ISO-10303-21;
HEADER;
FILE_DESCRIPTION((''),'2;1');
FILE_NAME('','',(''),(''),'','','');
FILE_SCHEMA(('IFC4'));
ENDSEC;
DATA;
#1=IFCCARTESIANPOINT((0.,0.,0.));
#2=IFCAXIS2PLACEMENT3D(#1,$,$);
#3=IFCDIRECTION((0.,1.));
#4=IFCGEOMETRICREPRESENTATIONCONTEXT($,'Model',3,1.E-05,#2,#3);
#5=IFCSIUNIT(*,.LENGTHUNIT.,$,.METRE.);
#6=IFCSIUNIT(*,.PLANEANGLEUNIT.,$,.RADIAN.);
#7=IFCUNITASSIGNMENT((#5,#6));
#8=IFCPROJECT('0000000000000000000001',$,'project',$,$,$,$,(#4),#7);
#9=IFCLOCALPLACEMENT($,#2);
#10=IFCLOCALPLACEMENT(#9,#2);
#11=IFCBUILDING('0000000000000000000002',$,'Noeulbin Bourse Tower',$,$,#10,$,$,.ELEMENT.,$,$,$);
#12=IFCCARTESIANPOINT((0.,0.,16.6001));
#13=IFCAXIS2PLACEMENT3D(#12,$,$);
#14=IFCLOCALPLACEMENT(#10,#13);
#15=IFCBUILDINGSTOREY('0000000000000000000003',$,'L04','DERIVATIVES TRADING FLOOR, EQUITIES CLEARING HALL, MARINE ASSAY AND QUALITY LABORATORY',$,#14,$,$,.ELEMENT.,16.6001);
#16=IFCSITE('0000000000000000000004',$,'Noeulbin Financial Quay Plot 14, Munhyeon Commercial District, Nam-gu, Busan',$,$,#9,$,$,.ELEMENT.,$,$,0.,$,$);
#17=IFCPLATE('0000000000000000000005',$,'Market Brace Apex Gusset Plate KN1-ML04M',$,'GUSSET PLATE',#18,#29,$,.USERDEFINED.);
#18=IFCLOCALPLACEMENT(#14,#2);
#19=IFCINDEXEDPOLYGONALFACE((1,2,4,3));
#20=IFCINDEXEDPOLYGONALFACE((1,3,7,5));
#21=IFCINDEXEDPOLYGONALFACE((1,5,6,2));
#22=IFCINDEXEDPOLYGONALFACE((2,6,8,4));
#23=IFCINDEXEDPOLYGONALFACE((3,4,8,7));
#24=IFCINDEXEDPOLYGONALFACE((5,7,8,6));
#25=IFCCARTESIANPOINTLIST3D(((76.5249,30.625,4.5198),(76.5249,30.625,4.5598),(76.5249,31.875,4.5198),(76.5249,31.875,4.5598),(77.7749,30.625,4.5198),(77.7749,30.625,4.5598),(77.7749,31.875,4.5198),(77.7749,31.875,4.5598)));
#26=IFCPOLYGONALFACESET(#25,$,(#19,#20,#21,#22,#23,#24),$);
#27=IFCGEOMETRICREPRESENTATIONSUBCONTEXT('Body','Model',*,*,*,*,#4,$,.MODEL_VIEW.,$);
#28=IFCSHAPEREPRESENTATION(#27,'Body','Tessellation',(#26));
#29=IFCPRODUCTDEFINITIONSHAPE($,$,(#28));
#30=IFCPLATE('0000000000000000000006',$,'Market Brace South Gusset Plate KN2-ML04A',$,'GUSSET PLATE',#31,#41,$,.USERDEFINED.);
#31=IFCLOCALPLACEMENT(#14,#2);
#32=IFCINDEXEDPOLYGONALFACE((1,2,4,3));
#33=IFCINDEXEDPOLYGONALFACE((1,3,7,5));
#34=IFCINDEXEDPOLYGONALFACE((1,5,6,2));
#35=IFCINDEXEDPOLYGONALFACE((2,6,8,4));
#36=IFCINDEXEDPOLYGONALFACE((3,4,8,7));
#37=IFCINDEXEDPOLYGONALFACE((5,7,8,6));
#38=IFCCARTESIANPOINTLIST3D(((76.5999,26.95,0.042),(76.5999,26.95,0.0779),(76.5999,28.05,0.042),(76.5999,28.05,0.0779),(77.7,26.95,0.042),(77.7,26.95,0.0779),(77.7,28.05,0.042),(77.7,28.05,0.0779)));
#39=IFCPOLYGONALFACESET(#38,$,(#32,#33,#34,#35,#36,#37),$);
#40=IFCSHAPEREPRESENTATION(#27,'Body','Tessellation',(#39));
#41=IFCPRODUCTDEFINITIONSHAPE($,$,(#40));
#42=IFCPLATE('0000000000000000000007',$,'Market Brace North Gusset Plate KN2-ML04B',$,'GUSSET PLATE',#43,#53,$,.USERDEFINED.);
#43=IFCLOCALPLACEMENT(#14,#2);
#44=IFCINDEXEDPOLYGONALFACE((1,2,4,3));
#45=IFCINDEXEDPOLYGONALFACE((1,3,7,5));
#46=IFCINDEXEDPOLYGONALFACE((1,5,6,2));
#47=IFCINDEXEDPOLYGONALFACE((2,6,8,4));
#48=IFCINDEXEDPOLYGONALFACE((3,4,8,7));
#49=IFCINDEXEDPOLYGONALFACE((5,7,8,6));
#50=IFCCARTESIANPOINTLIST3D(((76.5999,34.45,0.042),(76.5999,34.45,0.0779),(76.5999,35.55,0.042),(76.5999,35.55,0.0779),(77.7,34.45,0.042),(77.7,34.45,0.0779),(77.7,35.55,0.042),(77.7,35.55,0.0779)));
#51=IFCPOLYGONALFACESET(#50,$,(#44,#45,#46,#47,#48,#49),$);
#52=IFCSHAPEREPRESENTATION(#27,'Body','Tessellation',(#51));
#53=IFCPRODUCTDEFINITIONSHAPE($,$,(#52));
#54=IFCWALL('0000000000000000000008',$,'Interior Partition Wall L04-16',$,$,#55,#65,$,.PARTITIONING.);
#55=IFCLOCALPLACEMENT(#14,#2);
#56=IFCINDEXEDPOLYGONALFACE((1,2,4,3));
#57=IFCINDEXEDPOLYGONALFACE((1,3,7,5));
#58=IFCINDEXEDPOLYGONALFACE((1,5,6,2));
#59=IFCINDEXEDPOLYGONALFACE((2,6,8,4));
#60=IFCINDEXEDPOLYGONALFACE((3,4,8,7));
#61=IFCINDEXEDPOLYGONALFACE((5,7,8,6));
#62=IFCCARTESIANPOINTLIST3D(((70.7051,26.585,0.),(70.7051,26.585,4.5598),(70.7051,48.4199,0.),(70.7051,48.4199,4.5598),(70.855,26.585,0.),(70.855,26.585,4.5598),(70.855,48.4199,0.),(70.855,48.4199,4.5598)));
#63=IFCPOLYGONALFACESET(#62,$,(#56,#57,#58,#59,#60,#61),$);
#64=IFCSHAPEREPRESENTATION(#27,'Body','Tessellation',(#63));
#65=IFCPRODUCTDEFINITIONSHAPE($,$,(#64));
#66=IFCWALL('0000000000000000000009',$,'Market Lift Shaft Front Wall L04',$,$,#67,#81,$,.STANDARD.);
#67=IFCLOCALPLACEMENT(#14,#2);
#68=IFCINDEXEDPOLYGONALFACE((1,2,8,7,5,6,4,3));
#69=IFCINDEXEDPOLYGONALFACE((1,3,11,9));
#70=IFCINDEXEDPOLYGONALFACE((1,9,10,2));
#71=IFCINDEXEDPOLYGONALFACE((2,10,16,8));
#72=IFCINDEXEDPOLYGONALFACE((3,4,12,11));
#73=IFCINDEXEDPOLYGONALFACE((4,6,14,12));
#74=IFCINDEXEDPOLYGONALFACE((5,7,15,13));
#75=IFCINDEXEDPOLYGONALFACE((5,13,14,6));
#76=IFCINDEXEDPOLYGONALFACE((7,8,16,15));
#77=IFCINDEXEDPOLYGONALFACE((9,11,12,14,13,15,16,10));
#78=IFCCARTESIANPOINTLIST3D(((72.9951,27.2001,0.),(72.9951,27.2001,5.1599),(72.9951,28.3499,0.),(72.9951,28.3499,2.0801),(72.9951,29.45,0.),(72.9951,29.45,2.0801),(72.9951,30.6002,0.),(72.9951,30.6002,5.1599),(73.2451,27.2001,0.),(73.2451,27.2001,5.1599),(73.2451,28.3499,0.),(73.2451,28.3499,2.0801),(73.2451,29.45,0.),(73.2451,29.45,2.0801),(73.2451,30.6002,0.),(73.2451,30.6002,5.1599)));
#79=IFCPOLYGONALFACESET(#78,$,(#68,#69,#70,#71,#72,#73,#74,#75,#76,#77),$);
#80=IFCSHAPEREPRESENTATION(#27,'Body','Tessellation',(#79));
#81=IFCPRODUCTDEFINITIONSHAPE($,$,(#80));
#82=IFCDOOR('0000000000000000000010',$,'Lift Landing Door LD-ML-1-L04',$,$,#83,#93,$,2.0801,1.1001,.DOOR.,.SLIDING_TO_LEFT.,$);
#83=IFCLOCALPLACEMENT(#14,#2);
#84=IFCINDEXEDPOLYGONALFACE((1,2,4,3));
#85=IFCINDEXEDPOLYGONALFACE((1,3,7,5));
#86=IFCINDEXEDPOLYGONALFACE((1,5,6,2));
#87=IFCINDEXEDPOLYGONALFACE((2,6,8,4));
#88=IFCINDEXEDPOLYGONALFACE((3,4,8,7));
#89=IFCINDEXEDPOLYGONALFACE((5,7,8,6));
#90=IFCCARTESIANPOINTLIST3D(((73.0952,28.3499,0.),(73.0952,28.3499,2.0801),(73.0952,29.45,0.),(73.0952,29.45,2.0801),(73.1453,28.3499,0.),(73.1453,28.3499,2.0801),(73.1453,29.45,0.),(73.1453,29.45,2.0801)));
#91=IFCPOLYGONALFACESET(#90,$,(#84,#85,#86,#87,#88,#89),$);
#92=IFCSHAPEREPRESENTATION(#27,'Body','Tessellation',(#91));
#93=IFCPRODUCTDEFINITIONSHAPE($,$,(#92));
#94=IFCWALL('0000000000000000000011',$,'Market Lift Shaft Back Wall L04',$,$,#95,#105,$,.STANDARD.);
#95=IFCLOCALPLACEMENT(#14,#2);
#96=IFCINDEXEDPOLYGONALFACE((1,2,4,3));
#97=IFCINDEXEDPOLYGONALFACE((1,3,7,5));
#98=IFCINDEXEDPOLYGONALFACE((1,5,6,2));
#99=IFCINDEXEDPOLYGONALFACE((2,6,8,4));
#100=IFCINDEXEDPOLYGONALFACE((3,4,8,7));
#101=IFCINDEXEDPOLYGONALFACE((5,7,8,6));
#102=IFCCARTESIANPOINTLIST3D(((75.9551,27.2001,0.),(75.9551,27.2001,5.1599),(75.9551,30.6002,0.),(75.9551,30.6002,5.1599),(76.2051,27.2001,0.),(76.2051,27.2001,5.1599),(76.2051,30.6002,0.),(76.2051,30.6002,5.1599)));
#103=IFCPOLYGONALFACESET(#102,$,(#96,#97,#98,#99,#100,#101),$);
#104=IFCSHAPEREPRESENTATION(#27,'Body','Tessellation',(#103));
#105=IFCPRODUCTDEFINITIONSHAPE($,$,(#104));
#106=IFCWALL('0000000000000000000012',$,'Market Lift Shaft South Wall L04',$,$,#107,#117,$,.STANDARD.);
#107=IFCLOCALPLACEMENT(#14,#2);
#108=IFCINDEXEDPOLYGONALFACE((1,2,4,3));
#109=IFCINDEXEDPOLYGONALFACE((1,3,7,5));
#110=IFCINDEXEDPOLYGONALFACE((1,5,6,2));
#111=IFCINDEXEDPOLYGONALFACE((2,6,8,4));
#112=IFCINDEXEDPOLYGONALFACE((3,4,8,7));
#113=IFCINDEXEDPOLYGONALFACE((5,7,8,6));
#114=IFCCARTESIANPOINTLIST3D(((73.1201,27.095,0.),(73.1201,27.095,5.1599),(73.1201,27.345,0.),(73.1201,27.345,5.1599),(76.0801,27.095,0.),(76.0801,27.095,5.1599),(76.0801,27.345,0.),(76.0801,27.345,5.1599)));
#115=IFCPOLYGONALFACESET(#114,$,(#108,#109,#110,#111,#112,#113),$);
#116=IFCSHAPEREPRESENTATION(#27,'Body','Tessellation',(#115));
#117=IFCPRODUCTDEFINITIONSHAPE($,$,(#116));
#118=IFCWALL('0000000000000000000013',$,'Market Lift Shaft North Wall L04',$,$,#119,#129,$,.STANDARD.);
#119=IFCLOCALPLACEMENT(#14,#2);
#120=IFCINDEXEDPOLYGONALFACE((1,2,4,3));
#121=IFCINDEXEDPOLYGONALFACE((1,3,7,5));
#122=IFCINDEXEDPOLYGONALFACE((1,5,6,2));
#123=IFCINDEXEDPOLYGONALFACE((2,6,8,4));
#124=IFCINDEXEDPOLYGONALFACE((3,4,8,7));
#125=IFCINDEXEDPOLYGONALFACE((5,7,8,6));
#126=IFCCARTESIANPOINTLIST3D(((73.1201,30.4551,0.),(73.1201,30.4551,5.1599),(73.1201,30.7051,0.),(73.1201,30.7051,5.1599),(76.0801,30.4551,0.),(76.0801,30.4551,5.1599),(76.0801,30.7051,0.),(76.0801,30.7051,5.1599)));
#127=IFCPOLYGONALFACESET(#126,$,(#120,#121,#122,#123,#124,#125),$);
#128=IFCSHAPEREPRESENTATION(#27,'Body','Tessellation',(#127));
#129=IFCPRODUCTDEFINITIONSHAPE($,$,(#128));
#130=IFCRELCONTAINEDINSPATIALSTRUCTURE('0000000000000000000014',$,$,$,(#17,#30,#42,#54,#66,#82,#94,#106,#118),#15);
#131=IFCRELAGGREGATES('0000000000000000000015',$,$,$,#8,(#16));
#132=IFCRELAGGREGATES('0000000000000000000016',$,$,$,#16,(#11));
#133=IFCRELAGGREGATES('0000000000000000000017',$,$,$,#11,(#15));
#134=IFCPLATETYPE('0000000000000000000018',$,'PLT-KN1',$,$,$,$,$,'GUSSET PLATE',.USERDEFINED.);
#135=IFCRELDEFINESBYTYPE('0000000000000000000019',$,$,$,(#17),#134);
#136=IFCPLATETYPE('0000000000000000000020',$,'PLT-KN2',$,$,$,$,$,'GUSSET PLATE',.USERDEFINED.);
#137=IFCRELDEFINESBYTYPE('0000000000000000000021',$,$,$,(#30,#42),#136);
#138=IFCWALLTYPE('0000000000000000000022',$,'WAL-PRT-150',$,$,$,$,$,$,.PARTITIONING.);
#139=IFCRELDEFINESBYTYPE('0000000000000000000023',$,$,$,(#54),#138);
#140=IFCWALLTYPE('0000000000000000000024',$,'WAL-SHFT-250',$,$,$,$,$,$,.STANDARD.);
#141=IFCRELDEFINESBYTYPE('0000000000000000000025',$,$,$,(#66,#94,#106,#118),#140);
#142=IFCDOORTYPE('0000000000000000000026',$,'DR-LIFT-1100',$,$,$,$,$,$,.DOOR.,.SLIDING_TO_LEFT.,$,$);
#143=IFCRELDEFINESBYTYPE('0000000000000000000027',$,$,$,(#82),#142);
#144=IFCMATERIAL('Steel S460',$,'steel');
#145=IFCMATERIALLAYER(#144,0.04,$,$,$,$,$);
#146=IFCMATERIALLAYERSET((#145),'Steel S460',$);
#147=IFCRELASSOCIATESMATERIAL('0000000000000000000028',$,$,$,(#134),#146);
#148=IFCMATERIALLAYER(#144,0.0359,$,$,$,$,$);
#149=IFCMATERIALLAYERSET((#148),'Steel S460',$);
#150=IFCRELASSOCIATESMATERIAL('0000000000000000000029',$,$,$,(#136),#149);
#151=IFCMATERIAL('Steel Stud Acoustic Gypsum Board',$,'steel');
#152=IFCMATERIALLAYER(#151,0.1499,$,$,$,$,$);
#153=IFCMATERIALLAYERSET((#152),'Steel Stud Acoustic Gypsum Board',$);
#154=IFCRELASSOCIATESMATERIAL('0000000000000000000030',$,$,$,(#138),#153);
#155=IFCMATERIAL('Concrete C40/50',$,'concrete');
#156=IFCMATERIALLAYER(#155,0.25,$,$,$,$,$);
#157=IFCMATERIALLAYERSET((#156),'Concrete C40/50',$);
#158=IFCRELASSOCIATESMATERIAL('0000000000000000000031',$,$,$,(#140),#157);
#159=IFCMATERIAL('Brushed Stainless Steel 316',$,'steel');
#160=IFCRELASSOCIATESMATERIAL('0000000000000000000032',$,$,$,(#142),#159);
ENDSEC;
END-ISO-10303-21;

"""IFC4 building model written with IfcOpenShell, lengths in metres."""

from ifc_helpers import new_model, si_unit, direction, frame, frame_2d, origin, origin_2d, place, context, subcontext, project, spatial, rectangle, extrude, material, layer, layer_set, type_object, element, fill, save


model = new_model("IFC4")

# Units and contexts
model_context = context("Model", 3, precision=1e-05, world=origin(), true_north=direction((0.0, 1.0)))
body_context = subcontext(model_context, "Body", "Model", "MODEL_VIEW")
ifc_project = project(units=[si_unit("LENGTHUNIT", "METRE"), si_unit("PLANEANGLEUNIT", "RADIAN")], contexts=[model_context])

# Site, building, storey
site_placement = place(None, origin())
site = spatial("IfcSite", under=ifc_project, at=site_placement, Name="Noeulbin Financial Quay Plot 14, Munhyeon Commercial District, Nam-gu, Busan", CompositionType="ELEMENT", RefElevation=0.0)
building_placement = place(site_placement, origin())
building = spatial("IfcBuilding", under=site, at=building_placement, Name="Noeulbin Bourse Tower", CompositionType="ELEMENT")
storey_placement = place(building_placement, frame((0.0, 0.0, 16.6001)))
storey = spatial("IfcBuildingStorey", under=building, at=storey_placement, Name="L04", Description="DERIVATIVES TRADING FLOOR, EQUITIES CLEARING HALL, MARINE ASSAY AND QUALITY LABORATORY", CompositionType="ELEMENT", Elevation=16.6001)

# Plates
ifc_material_1 = material(Name="Steel S460", Category="steel")
ifc_layer_1 = layer(ifc_material_1, 0.04)
ifc_layer_set_1 = layer_set([ifc_layer_1], Name="Steel S460")
plate_type_1 = type_object("IfcPlateType", Name="PLT-KN1", ElementType="GUSSET PLATE", PredefinedType="USERDEFINED", material=ifc_layer_set_1)
plate_placement = place(storey_placement, frame((77.1499, 31.25, 4.5198), z_axis=(0.0, 0.0, 1.0), x_axis=(1.0, 0.0, 0.0)))
element("IfcPlate", 1, at=plate_placement, inside=storey, type_object=plate_type_1, Name="Market Brace Apex Gusset Plate KN1-ML04M", ObjectType="GUSSET PLATE", PredefinedType="USERDEFINED", context=body_context, shape_type="SweptSolid", body=[
    extrude(rectangle(XDim=1.25, YDim=1.25, at=origin_2d()), origin(), (0.0, 0.0, 1.0), 0.04),
])
ifc_layer_2 = layer(ifc_material_1, 0.0359)
ifc_layer_set_2 = layer_set([ifc_layer_2], Name="Steel S460")
plate_type_2 = type_object("IfcPlateType", Name="PLT-KN2", ElementType="GUSSET PLATE", PredefinedType="USERDEFINED", material=ifc_layer_set_2)
for number, where, z_axis, x_axis, name in (
    (2, (77.1499, 27.5, 0.042), (0.0, 0.0, 1.0), (1.0, 0.0, 0.0), "Market Brace South Gusset Plate KN2-ML04A"),
    (3, (77.1499, 35.0, 0.042), (0.0, 0.0, 1.0), (1.0, 0.0, 0.0), "Market Brace North Gusset Plate KN2-ML04B"),
):
    element("IfcPlate", number, at=place(storey_placement, frame(where, z_axis=z_axis, x_axis=x_axis)), inside=storey, type_object=plate_type_2, Name=name, ObjectType="GUSSET PLATE", PredefinedType="USERDEFINED", context=body_context, shape_type="SweptSolid", body=[
        extrude(rectangle(XDim=1.1001, YDim=1.1001, at=origin_2d()), origin(), (0.0, 0.0, 1.0), 0.0359),
    ])

# Wall
ifc_material_2 = material(Name="Steel Stud Acoustic Gypsum Board", Category="steel")
ifc_layer_3 = layer(ifc_material_2, 0.1499)
ifc_layer_set_3 = layer_set([ifc_layer_3], Name="Steel Stud Acoustic Gypsum Board")
wall_type_1 = type_object("IfcWallType", Name="WAL-PRT-150", PredefinedType="PARTITIONING", material=ifc_layer_set_3)
wall_1_placement = place(storey_placement, frame((70.78, 26.585, 0.0), z_axis=(0.0, 0.0, 1.0), x_axis=(0.0, 1.0, 0.0)))
element("IfcWall", 4, at=wall_1_placement, inside=storey, type_object=wall_type_1, Name="Interior Partition Wall L04-16", PredefinedType="PARTITIONING", context=body_context, shape_type="SweptSolid", body=[
    extrude(rectangle(XDim=21.835, YDim=0.1499, at=frame_2d((10.9175, 0.0))), origin(), (0.0, 0.0, 1.0), 4.5598),
])

# Wall, opening, door
ifc_material_3 = material(Name="Concrete C40/50", Category="concrete")
ifc_layer_4 = layer(ifc_material_3, 0.25)
ifc_layer_set_4 = layer_set([ifc_layer_4], Name="Concrete C40/50")
wall_type_2 = type_object("IfcWallType", Name="WAL-SHFT-250", PredefinedType="STANDARD", material=ifc_layer_set_4)
wall_2_placement = place(storey_placement, frame((73.1201, 27.2, 0.0), z_axis=(0.0, 0.0, 1.0), x_axis=(0.0, 1.0, 0.0)))
wall_2 = element("IfcWall", 5, at=wall_2_placement, inside=storey, type_object=wall_type_2, Name="Market Lift Shaft Front Wall L04", PredefinedType="STANDARD", context=body_context, shape_type="SweptSolid", body=[
    extrude(rectangle(XDim=3.4001, YDim=0.25, at=frame_2d((1.7002, 0.0))), origin(), (0.0, 0.0, 1.0), 5.1599),
])
opening_placement = place(wall_2_placement, frame((1.1499, 0.0, 0.0)))
opening = element("IfcOpeningElement", 6, at=opening_placement, cuts=wall_2, PredefinedType="OPENING", context=body_context, shape_type="SweptSolid", body=[
    extrude(rectangle(XDim=1.1001, YDim=2.0801, at=frame_2d((0.55, 1.04))), frame((0.0, 0.135, 0.0), z_axis=(0.0, -1.0, 0.0), x_axis=(1.0, 0.0, 0.0)), (0.0, 0.0, 1.0), 0.27),
])
ifc_material_4 = material(Name="Brushed Stainless Steel 316", Category="steel")
door_type = type_object("IfcDoorType", Name="DR-LIFT-1100", OperationType="SLIDING_TO_LEFT", PredefinedType="DOOR", material=ifc_material_4)
door_placement = place(opening_placement, origin())
door = element("IfcDoor", 7, at=door_placement, inside=storey, type_object=door_type, Name="Lift Landing Door LD-ML-1-L04", OperationType="SLIDING_TO_LEFT", OverallHeight=2.0801, OverallWidth=1.1001, PredefinedType="DOOR", context=body_context, shape_type="SweptSolid", body=[
    extrude(rectangle(XDim=1.1001, YDim=2.0801, at=frame_2d((0.55, 1.04))), frame((0.0, 0.0249, 0.0), z_axis=(0.0, -1.0, 0.0), x_axis=(1.0, 0.0, 0.0)), (0.0, 0.0, 1.0), 0.05),
])
fill(opening, door)

# Walls
wall_3_placement = place(storey_placement, frame((76.0801, 27.2, 0.0), z_axis=(0.0, 0.0, 1.0), x_axis=(0.0, 1.0, 0.0)))
element("IfcWall", 8, at=wall_3_placement, inside=storey, type_object=wall_type_2, Name="Market Lift Shaft Back Wall L04", PredefinedType="STANDARD", context=body_context, shape_type="SweptSolid", body=[
    extrude(rectangle(XDim=3.4001, YDim=0.25, at=frame_2d((1.7002, 0.0))), origin(), (0.0, 0.0, 1.0), 5.1599),
])
for number, where, z_axis, x_axis, name in (
    (9, (73.1201, 27.22, 0.0), (0.0, 0.0, 1.0), (1.0, 0.0, 0.0), "Market Lift Shaft South Wall L04"),
    (10, (73.1201, 30.5801, 0.0), (0.0, 0.0, 1.0), (1.0, 0.0, 0.0), "Market Lift Shaft North Wall L04"),
):
    element("IfcWall", number, at=place(storey_placement, frame(where, z_axis=z_axis, x_axis=x_axis)), inside=storey, type_object=wall_type_2, Name=name, PredefinedType="STANDARD", context=body_context, shape_type="SweptSolid", body=[
        extrude(rectangle(XDim=2.96, YDim=0.25, at=frame_2d((1.48, 0.0))), origin(), (0.0, 0.0, 1.0), 5.1599),
    ])

save(model, "model.ifc")
